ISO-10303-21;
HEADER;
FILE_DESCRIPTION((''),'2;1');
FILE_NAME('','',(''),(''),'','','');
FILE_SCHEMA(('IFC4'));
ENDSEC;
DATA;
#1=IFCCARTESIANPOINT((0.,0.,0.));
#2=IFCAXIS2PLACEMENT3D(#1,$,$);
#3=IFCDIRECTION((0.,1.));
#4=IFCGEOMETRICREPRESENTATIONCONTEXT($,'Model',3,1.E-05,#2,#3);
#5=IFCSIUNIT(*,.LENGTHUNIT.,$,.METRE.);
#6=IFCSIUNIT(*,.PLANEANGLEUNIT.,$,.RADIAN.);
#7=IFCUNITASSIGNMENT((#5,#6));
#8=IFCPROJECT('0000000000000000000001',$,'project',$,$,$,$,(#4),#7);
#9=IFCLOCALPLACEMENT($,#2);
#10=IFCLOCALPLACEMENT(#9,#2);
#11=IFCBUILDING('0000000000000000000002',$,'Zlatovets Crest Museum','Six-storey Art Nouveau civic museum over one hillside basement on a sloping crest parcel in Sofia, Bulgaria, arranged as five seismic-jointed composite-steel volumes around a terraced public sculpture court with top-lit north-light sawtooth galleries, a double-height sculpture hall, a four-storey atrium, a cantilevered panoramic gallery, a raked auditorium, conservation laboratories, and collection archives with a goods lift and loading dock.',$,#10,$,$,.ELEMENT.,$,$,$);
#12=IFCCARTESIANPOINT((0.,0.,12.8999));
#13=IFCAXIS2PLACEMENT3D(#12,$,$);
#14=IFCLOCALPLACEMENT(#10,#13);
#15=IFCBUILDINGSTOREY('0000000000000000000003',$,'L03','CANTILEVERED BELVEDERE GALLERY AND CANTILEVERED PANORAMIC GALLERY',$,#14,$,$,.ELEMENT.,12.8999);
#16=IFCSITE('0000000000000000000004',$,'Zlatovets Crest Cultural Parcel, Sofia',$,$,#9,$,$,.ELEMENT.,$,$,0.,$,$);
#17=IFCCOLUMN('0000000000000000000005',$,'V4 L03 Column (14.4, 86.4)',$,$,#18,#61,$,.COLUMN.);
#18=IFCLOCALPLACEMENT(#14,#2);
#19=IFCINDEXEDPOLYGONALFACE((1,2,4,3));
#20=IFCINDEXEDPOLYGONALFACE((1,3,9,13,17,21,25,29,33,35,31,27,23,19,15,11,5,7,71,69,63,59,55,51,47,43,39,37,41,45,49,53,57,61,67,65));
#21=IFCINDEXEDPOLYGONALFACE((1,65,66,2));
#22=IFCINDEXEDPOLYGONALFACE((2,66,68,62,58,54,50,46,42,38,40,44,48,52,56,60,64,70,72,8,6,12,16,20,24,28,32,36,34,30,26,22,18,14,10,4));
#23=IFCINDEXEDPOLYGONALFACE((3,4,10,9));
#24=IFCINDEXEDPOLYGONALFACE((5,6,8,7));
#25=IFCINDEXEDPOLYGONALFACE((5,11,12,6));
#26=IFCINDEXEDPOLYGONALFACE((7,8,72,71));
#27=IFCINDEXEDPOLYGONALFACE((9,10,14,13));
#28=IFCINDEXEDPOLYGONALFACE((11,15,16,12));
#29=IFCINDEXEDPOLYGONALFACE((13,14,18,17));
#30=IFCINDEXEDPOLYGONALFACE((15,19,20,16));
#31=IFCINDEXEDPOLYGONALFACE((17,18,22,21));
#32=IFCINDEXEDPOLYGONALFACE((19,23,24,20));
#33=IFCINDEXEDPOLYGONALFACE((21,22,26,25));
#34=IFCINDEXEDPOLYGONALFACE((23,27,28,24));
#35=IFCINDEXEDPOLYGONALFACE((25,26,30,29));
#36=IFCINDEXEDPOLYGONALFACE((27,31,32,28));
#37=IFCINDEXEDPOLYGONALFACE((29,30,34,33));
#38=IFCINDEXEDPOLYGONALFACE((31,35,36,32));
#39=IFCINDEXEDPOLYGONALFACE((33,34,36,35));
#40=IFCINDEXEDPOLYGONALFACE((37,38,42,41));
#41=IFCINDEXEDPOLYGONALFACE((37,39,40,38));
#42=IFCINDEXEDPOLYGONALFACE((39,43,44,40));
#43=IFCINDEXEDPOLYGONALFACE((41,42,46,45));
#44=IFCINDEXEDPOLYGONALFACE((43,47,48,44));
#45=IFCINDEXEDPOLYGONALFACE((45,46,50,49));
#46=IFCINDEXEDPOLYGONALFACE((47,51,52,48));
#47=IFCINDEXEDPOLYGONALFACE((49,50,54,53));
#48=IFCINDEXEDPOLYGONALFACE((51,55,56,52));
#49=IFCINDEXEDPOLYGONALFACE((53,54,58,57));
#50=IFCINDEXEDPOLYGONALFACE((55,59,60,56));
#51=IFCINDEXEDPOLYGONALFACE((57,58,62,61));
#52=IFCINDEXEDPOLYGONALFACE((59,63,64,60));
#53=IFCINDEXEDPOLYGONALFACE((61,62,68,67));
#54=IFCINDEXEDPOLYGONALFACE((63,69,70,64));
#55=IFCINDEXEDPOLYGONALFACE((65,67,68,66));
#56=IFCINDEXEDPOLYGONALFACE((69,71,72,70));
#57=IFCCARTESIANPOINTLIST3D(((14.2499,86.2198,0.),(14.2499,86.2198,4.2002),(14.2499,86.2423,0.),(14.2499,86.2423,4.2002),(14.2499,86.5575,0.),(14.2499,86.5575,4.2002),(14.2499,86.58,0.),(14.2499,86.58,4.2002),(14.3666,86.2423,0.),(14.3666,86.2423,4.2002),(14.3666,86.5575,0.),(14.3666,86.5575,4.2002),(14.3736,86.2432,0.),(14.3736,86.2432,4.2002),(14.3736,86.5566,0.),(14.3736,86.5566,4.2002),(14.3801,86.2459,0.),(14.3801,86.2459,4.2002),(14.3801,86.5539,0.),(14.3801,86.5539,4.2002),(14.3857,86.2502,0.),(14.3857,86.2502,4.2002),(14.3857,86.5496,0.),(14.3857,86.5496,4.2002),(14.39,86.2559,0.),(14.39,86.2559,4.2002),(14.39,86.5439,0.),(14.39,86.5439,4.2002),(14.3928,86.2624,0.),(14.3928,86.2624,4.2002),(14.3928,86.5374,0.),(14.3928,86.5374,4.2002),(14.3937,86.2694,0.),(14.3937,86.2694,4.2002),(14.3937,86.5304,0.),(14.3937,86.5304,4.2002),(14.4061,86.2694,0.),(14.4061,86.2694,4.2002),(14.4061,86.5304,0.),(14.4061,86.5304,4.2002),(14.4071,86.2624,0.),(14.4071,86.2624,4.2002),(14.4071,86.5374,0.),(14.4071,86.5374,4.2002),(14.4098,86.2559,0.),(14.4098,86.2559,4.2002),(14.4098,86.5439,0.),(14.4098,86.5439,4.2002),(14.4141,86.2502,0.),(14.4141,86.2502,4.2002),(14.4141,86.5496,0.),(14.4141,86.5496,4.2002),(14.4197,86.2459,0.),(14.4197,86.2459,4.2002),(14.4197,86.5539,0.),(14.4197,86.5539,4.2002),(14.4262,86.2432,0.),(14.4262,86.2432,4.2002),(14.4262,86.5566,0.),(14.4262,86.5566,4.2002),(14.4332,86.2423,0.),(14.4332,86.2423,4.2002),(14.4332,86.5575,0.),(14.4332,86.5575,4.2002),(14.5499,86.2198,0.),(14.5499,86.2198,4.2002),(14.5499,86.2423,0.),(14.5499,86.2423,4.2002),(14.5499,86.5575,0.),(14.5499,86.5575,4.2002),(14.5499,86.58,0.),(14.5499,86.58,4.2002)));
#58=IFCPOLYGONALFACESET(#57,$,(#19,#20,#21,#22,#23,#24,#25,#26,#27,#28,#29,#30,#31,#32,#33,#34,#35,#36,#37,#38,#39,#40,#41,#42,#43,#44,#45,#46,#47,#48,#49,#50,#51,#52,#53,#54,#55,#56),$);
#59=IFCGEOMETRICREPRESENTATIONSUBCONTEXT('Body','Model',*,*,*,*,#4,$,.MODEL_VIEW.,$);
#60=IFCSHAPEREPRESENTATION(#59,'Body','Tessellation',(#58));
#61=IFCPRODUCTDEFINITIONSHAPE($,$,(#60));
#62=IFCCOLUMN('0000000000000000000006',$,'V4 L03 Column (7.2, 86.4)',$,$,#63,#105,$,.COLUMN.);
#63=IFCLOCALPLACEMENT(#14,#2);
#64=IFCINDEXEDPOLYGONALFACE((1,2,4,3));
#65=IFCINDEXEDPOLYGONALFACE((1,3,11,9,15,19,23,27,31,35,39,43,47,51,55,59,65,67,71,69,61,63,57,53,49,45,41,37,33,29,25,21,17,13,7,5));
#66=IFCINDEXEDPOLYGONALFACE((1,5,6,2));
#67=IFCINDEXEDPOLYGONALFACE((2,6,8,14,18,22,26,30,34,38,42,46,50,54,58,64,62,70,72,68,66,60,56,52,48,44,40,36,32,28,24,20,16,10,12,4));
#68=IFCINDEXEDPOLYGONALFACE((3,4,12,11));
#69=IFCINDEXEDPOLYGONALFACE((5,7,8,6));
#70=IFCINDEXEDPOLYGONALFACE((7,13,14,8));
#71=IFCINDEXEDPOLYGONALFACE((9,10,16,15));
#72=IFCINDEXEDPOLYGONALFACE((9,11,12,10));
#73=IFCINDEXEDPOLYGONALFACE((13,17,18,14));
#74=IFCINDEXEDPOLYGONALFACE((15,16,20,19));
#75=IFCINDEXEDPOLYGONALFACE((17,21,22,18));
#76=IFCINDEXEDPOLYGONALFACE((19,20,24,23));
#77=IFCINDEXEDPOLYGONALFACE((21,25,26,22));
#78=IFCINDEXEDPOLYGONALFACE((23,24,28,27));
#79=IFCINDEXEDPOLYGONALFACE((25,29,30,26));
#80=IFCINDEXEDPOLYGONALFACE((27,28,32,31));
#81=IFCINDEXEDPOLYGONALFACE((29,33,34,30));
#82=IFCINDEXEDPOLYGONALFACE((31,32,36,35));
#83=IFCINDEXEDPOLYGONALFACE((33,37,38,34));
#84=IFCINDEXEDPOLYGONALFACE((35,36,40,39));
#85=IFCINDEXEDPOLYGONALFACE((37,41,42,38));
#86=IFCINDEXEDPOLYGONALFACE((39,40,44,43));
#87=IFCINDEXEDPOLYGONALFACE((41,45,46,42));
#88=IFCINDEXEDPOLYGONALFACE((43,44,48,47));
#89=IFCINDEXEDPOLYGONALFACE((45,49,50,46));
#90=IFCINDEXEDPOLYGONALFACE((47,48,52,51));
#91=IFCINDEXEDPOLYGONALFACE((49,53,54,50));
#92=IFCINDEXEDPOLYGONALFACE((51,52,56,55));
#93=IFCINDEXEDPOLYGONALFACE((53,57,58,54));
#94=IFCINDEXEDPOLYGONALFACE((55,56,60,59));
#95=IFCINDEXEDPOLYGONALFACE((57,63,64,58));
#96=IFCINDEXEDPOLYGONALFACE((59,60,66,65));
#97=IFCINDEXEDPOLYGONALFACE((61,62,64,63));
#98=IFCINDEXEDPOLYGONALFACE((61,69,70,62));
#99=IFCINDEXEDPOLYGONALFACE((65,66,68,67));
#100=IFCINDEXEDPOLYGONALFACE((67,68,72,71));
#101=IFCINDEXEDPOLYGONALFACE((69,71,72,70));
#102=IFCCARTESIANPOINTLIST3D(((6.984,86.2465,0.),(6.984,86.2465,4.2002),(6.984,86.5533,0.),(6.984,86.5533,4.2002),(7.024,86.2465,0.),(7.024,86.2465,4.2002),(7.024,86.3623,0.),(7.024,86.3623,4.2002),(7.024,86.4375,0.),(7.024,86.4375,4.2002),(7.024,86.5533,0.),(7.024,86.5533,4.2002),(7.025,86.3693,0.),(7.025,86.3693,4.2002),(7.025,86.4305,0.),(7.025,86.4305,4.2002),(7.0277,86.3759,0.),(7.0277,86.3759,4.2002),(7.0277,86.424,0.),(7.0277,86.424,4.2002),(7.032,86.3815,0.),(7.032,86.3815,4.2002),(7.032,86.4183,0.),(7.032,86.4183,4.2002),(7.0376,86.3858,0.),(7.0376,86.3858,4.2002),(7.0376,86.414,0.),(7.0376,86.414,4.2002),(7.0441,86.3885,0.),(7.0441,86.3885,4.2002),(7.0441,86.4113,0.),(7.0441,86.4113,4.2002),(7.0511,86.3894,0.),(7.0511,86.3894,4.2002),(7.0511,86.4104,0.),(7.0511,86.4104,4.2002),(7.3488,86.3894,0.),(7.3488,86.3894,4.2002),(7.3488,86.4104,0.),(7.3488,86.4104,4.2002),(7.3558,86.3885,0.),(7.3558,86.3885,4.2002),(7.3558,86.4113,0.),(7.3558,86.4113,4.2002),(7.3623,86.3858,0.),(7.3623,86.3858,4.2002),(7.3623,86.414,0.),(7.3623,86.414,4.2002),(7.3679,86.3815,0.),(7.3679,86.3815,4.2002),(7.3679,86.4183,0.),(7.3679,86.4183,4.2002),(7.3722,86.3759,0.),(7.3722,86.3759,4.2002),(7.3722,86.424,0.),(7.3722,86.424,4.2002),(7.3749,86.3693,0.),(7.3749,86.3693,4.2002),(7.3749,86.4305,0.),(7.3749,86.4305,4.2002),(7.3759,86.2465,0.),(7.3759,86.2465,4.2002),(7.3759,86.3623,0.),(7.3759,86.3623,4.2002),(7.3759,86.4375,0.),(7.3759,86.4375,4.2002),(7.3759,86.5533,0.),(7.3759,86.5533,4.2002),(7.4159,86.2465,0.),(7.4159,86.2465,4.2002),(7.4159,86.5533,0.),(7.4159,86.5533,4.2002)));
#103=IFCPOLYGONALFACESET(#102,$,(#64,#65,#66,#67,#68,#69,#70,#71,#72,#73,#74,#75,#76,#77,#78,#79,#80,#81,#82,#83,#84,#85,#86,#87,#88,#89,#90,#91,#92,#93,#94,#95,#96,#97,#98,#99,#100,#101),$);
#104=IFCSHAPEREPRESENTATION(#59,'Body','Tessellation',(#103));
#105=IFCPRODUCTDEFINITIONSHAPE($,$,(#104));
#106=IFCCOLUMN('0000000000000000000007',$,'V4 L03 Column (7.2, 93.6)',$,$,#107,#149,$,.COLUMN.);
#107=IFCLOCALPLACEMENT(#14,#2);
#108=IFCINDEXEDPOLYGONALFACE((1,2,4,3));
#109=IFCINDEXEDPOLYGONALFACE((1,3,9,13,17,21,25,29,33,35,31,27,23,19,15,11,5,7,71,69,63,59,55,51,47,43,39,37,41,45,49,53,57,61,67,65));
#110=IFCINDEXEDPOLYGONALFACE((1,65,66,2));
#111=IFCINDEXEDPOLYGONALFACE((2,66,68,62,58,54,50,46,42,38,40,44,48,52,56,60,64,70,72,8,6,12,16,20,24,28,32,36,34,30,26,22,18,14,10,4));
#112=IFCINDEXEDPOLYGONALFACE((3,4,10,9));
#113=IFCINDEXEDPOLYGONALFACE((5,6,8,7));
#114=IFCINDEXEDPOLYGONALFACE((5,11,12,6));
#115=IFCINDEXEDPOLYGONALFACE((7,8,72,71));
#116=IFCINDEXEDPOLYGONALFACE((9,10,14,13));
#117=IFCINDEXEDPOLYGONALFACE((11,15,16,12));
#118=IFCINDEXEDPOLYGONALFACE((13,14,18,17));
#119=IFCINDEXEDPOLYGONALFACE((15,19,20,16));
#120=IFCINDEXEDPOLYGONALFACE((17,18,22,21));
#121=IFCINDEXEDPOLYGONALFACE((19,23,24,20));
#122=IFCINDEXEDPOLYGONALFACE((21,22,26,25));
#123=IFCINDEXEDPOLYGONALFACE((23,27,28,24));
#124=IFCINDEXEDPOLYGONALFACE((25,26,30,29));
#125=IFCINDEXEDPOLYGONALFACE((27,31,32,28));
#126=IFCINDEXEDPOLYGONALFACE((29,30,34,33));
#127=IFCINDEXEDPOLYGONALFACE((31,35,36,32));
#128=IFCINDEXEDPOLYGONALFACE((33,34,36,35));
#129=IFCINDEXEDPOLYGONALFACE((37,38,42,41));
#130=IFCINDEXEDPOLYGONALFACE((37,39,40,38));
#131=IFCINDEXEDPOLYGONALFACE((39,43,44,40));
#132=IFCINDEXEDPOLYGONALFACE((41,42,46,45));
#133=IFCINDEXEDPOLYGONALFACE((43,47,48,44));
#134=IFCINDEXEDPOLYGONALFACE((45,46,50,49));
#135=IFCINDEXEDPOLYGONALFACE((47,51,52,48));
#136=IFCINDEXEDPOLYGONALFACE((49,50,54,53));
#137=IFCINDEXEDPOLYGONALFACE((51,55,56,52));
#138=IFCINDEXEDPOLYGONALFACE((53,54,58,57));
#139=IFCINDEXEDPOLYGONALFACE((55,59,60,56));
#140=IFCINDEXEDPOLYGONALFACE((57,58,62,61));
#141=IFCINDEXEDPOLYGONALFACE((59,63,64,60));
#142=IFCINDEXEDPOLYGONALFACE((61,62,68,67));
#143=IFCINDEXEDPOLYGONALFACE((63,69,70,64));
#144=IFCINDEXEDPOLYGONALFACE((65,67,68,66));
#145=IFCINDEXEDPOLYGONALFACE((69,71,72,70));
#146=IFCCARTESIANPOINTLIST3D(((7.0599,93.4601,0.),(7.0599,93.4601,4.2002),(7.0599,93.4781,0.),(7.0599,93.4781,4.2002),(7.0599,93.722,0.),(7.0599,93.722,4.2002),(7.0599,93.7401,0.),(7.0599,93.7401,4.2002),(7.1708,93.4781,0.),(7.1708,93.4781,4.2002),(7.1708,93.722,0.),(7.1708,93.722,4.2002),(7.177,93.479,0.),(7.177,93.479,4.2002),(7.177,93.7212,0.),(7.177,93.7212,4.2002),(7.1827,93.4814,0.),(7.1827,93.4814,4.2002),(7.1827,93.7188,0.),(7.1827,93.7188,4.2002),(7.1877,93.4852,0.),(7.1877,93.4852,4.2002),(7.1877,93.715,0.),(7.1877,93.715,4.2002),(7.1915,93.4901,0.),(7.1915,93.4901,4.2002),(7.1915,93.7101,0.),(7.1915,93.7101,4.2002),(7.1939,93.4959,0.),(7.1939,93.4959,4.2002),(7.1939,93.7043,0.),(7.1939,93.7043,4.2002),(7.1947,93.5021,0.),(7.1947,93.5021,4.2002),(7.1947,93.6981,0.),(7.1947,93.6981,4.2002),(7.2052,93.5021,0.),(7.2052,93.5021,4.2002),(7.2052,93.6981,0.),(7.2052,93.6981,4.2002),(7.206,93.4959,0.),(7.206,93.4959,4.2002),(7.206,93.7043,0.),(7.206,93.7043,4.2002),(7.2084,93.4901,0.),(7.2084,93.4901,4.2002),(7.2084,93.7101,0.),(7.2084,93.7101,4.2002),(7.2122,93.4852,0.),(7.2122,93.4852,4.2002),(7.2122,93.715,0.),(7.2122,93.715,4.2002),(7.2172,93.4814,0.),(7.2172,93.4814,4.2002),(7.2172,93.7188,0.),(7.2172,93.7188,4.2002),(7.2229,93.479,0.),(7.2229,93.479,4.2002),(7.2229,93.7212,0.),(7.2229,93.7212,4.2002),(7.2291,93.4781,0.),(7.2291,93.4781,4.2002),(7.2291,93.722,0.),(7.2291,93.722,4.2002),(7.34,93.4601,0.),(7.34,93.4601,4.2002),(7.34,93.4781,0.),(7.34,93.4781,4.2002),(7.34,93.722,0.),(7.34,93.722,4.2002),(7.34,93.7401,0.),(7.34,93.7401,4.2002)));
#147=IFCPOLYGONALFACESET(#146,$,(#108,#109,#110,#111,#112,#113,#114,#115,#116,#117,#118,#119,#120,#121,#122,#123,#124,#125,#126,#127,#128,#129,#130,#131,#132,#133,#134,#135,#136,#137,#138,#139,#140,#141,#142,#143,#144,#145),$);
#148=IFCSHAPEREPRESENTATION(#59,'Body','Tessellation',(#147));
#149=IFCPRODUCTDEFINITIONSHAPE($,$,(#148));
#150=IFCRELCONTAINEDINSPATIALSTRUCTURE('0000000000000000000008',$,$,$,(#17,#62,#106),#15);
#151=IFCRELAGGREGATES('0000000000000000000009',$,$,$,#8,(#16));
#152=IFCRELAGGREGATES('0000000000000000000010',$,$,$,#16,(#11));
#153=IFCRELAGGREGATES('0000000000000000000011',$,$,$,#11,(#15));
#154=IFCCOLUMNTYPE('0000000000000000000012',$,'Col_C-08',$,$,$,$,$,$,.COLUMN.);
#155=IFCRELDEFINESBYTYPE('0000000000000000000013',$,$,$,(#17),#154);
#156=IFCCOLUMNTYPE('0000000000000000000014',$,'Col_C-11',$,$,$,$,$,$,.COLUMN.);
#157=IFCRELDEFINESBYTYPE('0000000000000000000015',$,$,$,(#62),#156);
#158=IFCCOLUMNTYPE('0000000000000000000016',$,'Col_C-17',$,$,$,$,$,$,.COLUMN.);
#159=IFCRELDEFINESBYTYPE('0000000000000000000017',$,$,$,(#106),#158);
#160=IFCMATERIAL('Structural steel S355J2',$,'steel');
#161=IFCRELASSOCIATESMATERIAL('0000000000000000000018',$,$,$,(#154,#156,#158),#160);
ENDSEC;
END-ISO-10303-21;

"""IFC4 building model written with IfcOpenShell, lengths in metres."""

from ifc_helpers import new_model, si_unit, direction, frame, origin, origin_2d, place, context, subcontext, project, spatial, i_section, extrude, material, material_profile, profile_set, type_object, element, save


model = new_model("IFC4")

# Units and contexts
model_context = context("Model", 3, precision=1e-05, world=origin(), true_north=direction((0.0, 1.0)))
body_context = subcontext(model_context, "Body", "Model", "MODEL_VIEW")
ifc_project = project(units=[si_unit("LENGTHUNIT", "METRE"), si_unit("PLANEANGLEUNIT", "RADIAN")], contexts=[model_context])

# Site, building, storey
site_placement = place(None, origin())
site = spatial("IfcSite", under=ifc_project, at=site_placement, Name="Zlatovets Crest Cultural Parcel, Sofia", CompositionType="ELEMENT", RefElevation=0.0)
building_placement = place(site_placement, origin())
building = spatial("IfcBuilding", under=site, at=building_placement, Name="Zlatovets Crest Museum", Description="Six-storey Art Nouveau civic museum over one hillside basement on a sloping crest parcel in Sofia, Bulgaria, arranged as five seismic-jointed composite-steel volumes around a terraced public sculpture court with top-lit north-light sawtooth galleries, a double-height sculpture hall, a four-storey atrium, a cantilevered panoramic gallery, a raked auditorium, conservation laboratories, and collection archives with a goods lift and loading dock.", CompositionType="ELEMENT")
storey_placement = place(building_placement, frame((0.0, 0.0, 12.8999)))
storey = spatial("IfcBuildingStorey", under=building, at=storey_placement, Name="L03", Description="CANTILEVERED BELVEDERE GALLERY AND CANTILEVERED PANORAMIC GALLERY", CompositionType="ELEMENT", Elevation=12.8999)

# Columns
ifc_material_1 = material(Name="Structural steel S355J2", Category="steel")
ifc_material_profile_1 = material_profile(ifc_material_1, i_section(OverallWidth=0.3, OverallDepth=0.3601, WebThickness=0.0125, FlangeThickness=0.0225, FilletRadius=0.0271, at=origin_2d()), Name="HEB 360")
ifc_profile_set_1 = profile_set([ifc_material_profile_1], Name="Structural steel S355J2")
column_type_1 = type_object("IfcColumnType", Name="Col_C-08", PredefinedType="COLUMN", material=ifc_profile_set_1)
column_1_placement = place(storey_placement, frame((14.3999, 86.3999, 0.0), z_axis=(0.0, 0.0, 1.0), x_axis=(1.0, 0.0, 0.0)))
element("IfcColumn", 1, at=column_1_placement, inside=storey, type_object=column_type_1, Name="V4 L03 Column (14.4, 86.4)", PredefinedType="COLUMN", context=body_context, shape_type="SweptSolid", body=[
    extrude(i_section(OverallWidth=0.3, OverallDepth=0.3601, WebThickness=0.0125, FlangeThickness=0.0225, FilletRadius=0.0271, at=origin_2d()), origin(), (0.0, 0.0, 1.0), 4.2002),
])
ifc_material_profile_2 = material_profile(ifc_material_1, i_section(OverallWidth=0.3069, OverallDepth=0.4319, WebThickness=0.021, FlangeThickness=0.04, FilletRadius=0.0271, at=origin_2d()), Name="HEM 400")
ifc_profile_set_2 = profile_set([ifc_material_profile_2], Name="Structural steel S355J2")
column_type_2 = type_object("IfcColumnType", Name="Col_C-11", PredefinedType="COLUMN", material=ifc_profile_set_2)
column_2_placement = place(storey_placement, frame((7.2, 86.3999, 0.0), z_axis=(0.0, 0.0, 1.0), x_axis=(0.0, 1.0, 0.0)))
element("IfcColumn", 2, at=column_2_placement, inside=storey, type_object=column_type_2, Name="V4 L03 Column (7.2, 86.4)", PredefinedType="COLUMN", context=body_context, shape_type="SweptSolid", body=[
    extrude(i_section(OverallWidth=0.3069, OverallDepth=0.4319, WebThickness=0.021, FlangeThickness=0.04, FilletRadius=0.0271, at=origin_2d()), origin(), (0.0, 0.0, 1.0), 4.2002),
])
ifc_material_profile_3 = material_profile(ifc_material_1, i_section(OverallWidth=0.28, OverallDepth=0.28, WebThickness=0.0105, FlangeThickness=0.0181, FilletRadius=0.0239, at=origin_2d()), Name="HEB 280")
ifc_profile_set_3 = profile_set([ifc_material_profile_3], Name="Structural steel S355J2")
column_type_3 = type_object("IfcColumnType", Name="Col_C-17", PredefinedType="COLUMN", material=ifc_profile_set_3)
column_3_placement = place(storey_placement, frame((7.2, 93.6001, 0.0), z_axis=(0.0, 0.0, 1.0), x_axis=(1.0, 0.0, 0.0)))
element("IfcColumn", 3, at=column_3_placement, inside=storey, type_object=column_type_3, Name="V4 L03 Column (7.2, 93.6)", PredefinedType="COLUMN", context=body_context, shape_type="SweptSolid", body=[
    extrude(i_section(OverallWidth=0.28, OverallDepth=0.28, WebThickness=0.0105, FlangeThickness=0.0181, FilletRadius=0.0239, at=origin_2d()), origin(), (0.0, 0.0, 1.0), 4.2002),
])

save(model, "model.ifc")
